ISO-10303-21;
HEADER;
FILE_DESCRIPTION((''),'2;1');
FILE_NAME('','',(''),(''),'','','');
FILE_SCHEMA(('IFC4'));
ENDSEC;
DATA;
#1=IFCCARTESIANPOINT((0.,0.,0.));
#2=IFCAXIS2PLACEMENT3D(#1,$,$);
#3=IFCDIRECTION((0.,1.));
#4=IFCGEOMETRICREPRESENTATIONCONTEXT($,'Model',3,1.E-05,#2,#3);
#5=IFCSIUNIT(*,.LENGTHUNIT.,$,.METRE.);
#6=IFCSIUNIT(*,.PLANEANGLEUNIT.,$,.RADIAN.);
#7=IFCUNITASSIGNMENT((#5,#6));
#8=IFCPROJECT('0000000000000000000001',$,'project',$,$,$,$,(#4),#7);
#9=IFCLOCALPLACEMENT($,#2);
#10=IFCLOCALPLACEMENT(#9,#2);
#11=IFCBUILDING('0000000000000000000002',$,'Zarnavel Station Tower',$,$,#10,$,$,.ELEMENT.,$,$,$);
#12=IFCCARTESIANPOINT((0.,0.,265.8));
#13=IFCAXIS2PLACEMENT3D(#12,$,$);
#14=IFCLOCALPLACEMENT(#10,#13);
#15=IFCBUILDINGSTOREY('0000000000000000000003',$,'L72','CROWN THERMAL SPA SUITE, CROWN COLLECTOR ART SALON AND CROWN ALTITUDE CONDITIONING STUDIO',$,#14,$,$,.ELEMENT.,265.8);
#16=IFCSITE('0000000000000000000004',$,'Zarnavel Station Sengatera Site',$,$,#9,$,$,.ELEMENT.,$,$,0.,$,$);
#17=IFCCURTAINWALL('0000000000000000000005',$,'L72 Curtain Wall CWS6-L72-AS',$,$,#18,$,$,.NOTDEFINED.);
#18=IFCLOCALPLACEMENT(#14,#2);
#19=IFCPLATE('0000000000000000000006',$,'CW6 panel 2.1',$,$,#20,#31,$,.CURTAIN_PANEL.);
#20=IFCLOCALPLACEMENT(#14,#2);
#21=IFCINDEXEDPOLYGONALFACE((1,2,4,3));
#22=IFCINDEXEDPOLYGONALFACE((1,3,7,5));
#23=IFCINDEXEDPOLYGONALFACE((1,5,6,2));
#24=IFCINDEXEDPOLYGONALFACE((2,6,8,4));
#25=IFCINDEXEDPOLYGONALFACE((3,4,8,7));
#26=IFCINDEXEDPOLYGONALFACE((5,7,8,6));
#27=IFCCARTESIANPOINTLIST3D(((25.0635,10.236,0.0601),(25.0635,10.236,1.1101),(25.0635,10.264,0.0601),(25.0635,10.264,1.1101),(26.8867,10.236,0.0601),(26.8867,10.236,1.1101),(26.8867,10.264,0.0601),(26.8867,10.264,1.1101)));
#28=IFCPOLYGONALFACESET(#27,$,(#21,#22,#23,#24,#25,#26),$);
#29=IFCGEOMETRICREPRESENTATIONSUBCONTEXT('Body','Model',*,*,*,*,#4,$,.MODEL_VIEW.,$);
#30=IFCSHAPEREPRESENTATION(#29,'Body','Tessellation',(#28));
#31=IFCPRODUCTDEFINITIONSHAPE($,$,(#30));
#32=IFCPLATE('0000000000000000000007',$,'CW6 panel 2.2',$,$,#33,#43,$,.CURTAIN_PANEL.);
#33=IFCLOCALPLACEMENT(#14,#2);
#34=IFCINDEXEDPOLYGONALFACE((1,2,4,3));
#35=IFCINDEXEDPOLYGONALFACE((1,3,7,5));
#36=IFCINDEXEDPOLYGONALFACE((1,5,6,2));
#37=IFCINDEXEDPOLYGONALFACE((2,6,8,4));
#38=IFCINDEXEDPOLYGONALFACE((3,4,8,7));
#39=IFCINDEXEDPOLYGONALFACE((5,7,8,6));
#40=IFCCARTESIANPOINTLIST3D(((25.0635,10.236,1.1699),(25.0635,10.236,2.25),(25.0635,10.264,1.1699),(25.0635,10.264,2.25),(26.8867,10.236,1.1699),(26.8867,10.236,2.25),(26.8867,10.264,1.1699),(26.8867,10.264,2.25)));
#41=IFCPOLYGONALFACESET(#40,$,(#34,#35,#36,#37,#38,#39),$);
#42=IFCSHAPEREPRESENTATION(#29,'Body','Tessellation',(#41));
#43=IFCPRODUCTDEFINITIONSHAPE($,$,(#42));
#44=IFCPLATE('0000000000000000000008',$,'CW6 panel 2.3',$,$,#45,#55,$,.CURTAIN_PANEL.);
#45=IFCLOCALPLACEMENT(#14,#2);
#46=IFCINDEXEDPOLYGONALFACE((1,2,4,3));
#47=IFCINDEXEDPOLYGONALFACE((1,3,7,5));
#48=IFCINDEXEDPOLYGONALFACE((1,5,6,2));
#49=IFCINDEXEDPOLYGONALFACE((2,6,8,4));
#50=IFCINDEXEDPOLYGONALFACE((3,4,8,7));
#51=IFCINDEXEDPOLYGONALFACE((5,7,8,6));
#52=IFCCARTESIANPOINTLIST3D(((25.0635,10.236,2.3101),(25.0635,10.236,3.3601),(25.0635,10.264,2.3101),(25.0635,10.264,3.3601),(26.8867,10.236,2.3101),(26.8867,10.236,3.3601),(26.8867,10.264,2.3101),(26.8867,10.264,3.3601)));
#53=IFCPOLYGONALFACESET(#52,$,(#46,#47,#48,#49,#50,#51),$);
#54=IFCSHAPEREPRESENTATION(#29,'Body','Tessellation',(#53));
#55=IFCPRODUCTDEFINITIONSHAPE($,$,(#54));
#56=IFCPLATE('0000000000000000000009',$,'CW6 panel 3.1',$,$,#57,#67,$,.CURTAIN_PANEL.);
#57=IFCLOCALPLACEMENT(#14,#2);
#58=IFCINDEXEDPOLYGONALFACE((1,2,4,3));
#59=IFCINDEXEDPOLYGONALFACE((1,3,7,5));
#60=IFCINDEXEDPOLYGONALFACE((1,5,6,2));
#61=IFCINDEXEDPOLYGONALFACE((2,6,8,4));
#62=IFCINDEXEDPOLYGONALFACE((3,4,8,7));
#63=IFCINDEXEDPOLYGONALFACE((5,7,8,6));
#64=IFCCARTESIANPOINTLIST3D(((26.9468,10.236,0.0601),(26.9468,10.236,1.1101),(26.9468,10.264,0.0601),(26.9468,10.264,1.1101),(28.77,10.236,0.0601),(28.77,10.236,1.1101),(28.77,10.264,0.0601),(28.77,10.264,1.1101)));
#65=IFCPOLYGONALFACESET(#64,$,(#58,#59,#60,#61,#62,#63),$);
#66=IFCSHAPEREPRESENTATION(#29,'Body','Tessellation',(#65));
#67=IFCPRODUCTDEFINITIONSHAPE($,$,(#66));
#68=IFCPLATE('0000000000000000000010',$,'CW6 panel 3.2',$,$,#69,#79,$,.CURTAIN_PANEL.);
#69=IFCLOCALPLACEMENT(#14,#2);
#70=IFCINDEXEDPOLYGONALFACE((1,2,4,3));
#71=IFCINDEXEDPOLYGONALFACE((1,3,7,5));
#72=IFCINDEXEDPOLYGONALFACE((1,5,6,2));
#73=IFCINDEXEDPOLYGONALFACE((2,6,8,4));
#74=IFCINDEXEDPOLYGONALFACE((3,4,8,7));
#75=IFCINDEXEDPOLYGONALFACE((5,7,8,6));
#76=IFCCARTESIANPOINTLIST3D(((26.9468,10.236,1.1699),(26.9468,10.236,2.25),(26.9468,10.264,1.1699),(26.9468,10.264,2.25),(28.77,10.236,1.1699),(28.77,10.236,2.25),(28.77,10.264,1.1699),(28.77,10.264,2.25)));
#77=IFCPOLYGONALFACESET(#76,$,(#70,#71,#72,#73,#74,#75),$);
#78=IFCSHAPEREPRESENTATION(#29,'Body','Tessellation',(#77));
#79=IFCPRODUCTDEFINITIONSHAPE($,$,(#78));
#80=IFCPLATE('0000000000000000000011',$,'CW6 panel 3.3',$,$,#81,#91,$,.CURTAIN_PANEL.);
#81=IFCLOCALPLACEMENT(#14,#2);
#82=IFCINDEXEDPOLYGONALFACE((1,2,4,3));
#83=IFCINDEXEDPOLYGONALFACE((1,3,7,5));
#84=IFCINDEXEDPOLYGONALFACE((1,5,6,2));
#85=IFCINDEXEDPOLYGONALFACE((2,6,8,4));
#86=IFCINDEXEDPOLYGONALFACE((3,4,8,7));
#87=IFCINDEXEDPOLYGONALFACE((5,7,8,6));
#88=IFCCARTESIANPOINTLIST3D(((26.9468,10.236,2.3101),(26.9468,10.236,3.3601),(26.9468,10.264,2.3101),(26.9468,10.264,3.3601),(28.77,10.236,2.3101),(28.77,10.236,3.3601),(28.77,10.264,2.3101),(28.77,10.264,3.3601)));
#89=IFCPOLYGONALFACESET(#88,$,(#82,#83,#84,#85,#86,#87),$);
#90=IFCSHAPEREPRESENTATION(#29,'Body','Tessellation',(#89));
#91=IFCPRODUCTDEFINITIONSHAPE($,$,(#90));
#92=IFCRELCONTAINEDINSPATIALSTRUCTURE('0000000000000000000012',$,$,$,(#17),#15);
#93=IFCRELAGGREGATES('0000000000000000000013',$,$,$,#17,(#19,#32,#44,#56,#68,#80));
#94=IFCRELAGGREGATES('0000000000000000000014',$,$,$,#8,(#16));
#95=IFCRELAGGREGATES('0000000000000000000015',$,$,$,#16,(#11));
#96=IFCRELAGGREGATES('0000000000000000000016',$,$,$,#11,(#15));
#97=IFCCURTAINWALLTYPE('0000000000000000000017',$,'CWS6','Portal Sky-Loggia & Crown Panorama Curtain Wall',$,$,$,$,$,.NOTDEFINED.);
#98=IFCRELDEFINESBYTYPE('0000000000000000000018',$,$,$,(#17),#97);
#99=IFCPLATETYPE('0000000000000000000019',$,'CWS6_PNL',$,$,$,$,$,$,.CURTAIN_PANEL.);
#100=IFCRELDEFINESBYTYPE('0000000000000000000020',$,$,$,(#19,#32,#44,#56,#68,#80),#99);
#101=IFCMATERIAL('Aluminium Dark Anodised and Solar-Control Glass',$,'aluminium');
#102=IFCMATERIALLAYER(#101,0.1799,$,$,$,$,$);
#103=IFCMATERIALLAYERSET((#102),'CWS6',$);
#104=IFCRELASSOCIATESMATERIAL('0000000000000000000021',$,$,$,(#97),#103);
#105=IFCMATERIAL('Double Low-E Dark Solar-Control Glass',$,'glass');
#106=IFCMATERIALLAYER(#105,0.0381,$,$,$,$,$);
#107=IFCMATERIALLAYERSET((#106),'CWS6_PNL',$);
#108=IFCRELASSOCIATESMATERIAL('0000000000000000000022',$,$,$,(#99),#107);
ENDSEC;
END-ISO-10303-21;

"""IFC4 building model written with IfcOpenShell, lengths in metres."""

from ifc_helpers import new_model, si_unit, direction, frame, origin, origin_2d, place, context, subcontext, project, spatial, rectangle, extrude, material, layer, layer_set, type_object, element, aggregate, save


model = new_model("IFC4")

# Units and contexts
model_context = context("Model", 3, precision=1e-05, world=origin(), true_north=direction((0.0, 1.0)))
body_context = subcontext(model_context, "Body", "Model", "MODEL_VIEW")
ifc_project = project(units=[si_unit("LENGTHUNIT", "METRE"), si_unit("PLANEANGLEUNIT", "RADIAN")], contexts=[model_context])

# Site, building, storey
site_placement = place(None, origin())
site = spatial("IfcSite", under=ifc_project, at=site_placement, Name="Zarnavel Station Sengatera Site", CompositionType="ELEMENT", RefElevation=0.0)
building_placement = place(site_placement, origin())
building = spatial("IfcBuilding", under=site, at=building_placement, Name="Zarnavel Station Tower", CompositionType="ELEMENT")
storey_placement = place(building_placement, frame((0.0, 0.0, 265.8)))
storey = spatial("IfcBuildingStorey", under=building, at=storey_placement, Name="L72", Description="CROWN THERMAL SPA SUITE, CROWN COLLECTOR ART SALON AND CROWN ALTITUDE CONDITIONING STUDIO", CompositionType="ELEMENT", Elevation=265.8)

# Curtain wall, plates
ifc_material_1 = material(Name="Aluminium Dark Anodised and Solar-Control Glass", Category="aluminium")
ifc_layer_1 = layer(ifc_material_1, 0.1799)
ifc_layer_set_1 = layer_set([ifc_layer_1], Name="CWS6")
curtain_wall_type = type_object("IfcCurtainWallType", Name="CWS6", Description="Portal Sky-Loggia & Crown Panorama Curtain Wall", PredefinedType="NOTDEFINED", material=ifc_layer_set_1)
curtain_wall_placement = place(storey_placement, origin())
curtain_wall = element("IfcCurtainWall", 1, at=curtain_wall_placement, inside=storey, type_object=curtain_wall_type, Name="L72 Curtain Wall CWS6-L72-AS", PredefinedType="NOTDEFINED")
ifc_material_2 = material(Name="Double Low-E Dark Solar-Control Glass", Category="glass")
ifc_layer_2 = layer(ifc_material_2, 0.0381)
ifc_layer_set_2 = layer_set([ifc_layer_2], Name="CWS6_PNL")
plate_type = type_object("IfcPlateType", Name="CWS6_PNL", PredefinedType="CURTAIN_PANEL", material=ifc_layer_set_2)
plate_1_placement = place(storey_placement, frame((25.9751, 10.25, 0.0601), z_axis=(0.0, 0.0, 1.0), x_axis=(1.0, 0.0, 0.0)))
plate_1 = element("IfcPlate", 2, at=plate_1_placement, type_object=plate_type, Name="CW6 panel 2.1", PredefinedType="CURTAIN_PANEL", context=body_context, shape_type="SweptSolid", body=[
    extrude(rectangle(XDim=1.8232, YDim=0.0281, at=origin_2d()), origin(), (0.0, 0.0, 1.0), 1.05),
])
plate_2_placement = place(storey_placement, frame((25.9751, 10.25, 1.1699), z_axis=(0.0, 0.0, 1.0), x_axis=(1.0, 0.0, 0.0)))
plate_2 = element("IfcPlate", 3, at=plate_2_placement, type_object=plate_type, Name="CW6 panel 2.2", PredefinedType="CURTAIN_PANEL", context=body_context, shape_type="SweptSolid", body=[
    extrude(rectangle(XDim=1.8232, YDim=0.0281, at=origin_2d()), origin(), (0.0, 0.0, 1.0), 1.0801),
])
plate_3_placement = place(storey_placement, frame((25.9751, 10.25, 2.3101), z_axis=(0.0, 0.0, 1.0), x_axis=(1.0, 0.0, 0.0)))
plate_3 = element("IfcPlate", 4, at=plate_3_placement, type_object=plate_type, Name="CW6 panel 2.3", PredefinedType="CURTAIN_PANEL", context=body_context, shape_type="SweptSolid", body=[
    extrude(rectangle(XDim=1.8232, YDim=0.0281, at=origin_2d()), origin(), (0.0, 0.0, 1.0), 1.05),
])
plate_4_placement = place(storey_placement, frame((27.8584, 10.25, 0.0601), z_axis=(0.0, 0.0, 1.0), x_axis=(1.0, 0.0, 0.0)))
plate_4 = element("IfcPlate", 5, at=plate_4_placement, type_object=plate_type, Name="CW6 panel 3.1", PredefinedType="CURTAIN_PANEL", context=body_context, shape_type="SweptSolid", body=[
    extrude(rectangle(XDim=1.8232, YDim=0.0281, at=origin_2d()), origin(), (0.0, 0.0, 1.0), 1.05),
])
plate_5_placement = place(storey_placement, frame((27.8584, 10.25, 1.1699), z_axis=(0.0, 0.0, 1.0), x_axis=(1.0, 0.0, 0.0)))
plate_5 = element("IfcPlate", 6, at=plate_5_placement, type_object=plate_type, Name="CW6 panel 3.2", PredefinedType="CURTAIN_PANEL", context=body_context, shape_type="SweptSolid", body=[
    extrude(rectangle(XDim=1.8232, YDim=0.0281, at=origin_2d()), origin(), (0.0, 0.0, 1.0), 1.0801),
])
plate_6_placement = place(storey_placement, frame((27.8584, 10.25, 2.3101), z_axis=(0.0, 0.0, 1.0), x_axis=(1.0, 0.0, 0.0)))
plate_6 = element("IfcPlate", 7, at=plate_6_placement, type_object=plate_type, Name="CW6 panel 3.3", PredefinedType="CURTAIN_PANEL", context=body_context, shape_type="SweptSolid", body=[
    extrude(rectangle(XDim=1.8232, YDim=0.0281, at=origin_2d()), origin(), (0.0, 0.0, 1.0), 1.05),
])
aggregate(curtain_wall, [plate_1, plate_2, plate_3, plate_4, plate_5, plate_6])

save(model, "model.ifc")
